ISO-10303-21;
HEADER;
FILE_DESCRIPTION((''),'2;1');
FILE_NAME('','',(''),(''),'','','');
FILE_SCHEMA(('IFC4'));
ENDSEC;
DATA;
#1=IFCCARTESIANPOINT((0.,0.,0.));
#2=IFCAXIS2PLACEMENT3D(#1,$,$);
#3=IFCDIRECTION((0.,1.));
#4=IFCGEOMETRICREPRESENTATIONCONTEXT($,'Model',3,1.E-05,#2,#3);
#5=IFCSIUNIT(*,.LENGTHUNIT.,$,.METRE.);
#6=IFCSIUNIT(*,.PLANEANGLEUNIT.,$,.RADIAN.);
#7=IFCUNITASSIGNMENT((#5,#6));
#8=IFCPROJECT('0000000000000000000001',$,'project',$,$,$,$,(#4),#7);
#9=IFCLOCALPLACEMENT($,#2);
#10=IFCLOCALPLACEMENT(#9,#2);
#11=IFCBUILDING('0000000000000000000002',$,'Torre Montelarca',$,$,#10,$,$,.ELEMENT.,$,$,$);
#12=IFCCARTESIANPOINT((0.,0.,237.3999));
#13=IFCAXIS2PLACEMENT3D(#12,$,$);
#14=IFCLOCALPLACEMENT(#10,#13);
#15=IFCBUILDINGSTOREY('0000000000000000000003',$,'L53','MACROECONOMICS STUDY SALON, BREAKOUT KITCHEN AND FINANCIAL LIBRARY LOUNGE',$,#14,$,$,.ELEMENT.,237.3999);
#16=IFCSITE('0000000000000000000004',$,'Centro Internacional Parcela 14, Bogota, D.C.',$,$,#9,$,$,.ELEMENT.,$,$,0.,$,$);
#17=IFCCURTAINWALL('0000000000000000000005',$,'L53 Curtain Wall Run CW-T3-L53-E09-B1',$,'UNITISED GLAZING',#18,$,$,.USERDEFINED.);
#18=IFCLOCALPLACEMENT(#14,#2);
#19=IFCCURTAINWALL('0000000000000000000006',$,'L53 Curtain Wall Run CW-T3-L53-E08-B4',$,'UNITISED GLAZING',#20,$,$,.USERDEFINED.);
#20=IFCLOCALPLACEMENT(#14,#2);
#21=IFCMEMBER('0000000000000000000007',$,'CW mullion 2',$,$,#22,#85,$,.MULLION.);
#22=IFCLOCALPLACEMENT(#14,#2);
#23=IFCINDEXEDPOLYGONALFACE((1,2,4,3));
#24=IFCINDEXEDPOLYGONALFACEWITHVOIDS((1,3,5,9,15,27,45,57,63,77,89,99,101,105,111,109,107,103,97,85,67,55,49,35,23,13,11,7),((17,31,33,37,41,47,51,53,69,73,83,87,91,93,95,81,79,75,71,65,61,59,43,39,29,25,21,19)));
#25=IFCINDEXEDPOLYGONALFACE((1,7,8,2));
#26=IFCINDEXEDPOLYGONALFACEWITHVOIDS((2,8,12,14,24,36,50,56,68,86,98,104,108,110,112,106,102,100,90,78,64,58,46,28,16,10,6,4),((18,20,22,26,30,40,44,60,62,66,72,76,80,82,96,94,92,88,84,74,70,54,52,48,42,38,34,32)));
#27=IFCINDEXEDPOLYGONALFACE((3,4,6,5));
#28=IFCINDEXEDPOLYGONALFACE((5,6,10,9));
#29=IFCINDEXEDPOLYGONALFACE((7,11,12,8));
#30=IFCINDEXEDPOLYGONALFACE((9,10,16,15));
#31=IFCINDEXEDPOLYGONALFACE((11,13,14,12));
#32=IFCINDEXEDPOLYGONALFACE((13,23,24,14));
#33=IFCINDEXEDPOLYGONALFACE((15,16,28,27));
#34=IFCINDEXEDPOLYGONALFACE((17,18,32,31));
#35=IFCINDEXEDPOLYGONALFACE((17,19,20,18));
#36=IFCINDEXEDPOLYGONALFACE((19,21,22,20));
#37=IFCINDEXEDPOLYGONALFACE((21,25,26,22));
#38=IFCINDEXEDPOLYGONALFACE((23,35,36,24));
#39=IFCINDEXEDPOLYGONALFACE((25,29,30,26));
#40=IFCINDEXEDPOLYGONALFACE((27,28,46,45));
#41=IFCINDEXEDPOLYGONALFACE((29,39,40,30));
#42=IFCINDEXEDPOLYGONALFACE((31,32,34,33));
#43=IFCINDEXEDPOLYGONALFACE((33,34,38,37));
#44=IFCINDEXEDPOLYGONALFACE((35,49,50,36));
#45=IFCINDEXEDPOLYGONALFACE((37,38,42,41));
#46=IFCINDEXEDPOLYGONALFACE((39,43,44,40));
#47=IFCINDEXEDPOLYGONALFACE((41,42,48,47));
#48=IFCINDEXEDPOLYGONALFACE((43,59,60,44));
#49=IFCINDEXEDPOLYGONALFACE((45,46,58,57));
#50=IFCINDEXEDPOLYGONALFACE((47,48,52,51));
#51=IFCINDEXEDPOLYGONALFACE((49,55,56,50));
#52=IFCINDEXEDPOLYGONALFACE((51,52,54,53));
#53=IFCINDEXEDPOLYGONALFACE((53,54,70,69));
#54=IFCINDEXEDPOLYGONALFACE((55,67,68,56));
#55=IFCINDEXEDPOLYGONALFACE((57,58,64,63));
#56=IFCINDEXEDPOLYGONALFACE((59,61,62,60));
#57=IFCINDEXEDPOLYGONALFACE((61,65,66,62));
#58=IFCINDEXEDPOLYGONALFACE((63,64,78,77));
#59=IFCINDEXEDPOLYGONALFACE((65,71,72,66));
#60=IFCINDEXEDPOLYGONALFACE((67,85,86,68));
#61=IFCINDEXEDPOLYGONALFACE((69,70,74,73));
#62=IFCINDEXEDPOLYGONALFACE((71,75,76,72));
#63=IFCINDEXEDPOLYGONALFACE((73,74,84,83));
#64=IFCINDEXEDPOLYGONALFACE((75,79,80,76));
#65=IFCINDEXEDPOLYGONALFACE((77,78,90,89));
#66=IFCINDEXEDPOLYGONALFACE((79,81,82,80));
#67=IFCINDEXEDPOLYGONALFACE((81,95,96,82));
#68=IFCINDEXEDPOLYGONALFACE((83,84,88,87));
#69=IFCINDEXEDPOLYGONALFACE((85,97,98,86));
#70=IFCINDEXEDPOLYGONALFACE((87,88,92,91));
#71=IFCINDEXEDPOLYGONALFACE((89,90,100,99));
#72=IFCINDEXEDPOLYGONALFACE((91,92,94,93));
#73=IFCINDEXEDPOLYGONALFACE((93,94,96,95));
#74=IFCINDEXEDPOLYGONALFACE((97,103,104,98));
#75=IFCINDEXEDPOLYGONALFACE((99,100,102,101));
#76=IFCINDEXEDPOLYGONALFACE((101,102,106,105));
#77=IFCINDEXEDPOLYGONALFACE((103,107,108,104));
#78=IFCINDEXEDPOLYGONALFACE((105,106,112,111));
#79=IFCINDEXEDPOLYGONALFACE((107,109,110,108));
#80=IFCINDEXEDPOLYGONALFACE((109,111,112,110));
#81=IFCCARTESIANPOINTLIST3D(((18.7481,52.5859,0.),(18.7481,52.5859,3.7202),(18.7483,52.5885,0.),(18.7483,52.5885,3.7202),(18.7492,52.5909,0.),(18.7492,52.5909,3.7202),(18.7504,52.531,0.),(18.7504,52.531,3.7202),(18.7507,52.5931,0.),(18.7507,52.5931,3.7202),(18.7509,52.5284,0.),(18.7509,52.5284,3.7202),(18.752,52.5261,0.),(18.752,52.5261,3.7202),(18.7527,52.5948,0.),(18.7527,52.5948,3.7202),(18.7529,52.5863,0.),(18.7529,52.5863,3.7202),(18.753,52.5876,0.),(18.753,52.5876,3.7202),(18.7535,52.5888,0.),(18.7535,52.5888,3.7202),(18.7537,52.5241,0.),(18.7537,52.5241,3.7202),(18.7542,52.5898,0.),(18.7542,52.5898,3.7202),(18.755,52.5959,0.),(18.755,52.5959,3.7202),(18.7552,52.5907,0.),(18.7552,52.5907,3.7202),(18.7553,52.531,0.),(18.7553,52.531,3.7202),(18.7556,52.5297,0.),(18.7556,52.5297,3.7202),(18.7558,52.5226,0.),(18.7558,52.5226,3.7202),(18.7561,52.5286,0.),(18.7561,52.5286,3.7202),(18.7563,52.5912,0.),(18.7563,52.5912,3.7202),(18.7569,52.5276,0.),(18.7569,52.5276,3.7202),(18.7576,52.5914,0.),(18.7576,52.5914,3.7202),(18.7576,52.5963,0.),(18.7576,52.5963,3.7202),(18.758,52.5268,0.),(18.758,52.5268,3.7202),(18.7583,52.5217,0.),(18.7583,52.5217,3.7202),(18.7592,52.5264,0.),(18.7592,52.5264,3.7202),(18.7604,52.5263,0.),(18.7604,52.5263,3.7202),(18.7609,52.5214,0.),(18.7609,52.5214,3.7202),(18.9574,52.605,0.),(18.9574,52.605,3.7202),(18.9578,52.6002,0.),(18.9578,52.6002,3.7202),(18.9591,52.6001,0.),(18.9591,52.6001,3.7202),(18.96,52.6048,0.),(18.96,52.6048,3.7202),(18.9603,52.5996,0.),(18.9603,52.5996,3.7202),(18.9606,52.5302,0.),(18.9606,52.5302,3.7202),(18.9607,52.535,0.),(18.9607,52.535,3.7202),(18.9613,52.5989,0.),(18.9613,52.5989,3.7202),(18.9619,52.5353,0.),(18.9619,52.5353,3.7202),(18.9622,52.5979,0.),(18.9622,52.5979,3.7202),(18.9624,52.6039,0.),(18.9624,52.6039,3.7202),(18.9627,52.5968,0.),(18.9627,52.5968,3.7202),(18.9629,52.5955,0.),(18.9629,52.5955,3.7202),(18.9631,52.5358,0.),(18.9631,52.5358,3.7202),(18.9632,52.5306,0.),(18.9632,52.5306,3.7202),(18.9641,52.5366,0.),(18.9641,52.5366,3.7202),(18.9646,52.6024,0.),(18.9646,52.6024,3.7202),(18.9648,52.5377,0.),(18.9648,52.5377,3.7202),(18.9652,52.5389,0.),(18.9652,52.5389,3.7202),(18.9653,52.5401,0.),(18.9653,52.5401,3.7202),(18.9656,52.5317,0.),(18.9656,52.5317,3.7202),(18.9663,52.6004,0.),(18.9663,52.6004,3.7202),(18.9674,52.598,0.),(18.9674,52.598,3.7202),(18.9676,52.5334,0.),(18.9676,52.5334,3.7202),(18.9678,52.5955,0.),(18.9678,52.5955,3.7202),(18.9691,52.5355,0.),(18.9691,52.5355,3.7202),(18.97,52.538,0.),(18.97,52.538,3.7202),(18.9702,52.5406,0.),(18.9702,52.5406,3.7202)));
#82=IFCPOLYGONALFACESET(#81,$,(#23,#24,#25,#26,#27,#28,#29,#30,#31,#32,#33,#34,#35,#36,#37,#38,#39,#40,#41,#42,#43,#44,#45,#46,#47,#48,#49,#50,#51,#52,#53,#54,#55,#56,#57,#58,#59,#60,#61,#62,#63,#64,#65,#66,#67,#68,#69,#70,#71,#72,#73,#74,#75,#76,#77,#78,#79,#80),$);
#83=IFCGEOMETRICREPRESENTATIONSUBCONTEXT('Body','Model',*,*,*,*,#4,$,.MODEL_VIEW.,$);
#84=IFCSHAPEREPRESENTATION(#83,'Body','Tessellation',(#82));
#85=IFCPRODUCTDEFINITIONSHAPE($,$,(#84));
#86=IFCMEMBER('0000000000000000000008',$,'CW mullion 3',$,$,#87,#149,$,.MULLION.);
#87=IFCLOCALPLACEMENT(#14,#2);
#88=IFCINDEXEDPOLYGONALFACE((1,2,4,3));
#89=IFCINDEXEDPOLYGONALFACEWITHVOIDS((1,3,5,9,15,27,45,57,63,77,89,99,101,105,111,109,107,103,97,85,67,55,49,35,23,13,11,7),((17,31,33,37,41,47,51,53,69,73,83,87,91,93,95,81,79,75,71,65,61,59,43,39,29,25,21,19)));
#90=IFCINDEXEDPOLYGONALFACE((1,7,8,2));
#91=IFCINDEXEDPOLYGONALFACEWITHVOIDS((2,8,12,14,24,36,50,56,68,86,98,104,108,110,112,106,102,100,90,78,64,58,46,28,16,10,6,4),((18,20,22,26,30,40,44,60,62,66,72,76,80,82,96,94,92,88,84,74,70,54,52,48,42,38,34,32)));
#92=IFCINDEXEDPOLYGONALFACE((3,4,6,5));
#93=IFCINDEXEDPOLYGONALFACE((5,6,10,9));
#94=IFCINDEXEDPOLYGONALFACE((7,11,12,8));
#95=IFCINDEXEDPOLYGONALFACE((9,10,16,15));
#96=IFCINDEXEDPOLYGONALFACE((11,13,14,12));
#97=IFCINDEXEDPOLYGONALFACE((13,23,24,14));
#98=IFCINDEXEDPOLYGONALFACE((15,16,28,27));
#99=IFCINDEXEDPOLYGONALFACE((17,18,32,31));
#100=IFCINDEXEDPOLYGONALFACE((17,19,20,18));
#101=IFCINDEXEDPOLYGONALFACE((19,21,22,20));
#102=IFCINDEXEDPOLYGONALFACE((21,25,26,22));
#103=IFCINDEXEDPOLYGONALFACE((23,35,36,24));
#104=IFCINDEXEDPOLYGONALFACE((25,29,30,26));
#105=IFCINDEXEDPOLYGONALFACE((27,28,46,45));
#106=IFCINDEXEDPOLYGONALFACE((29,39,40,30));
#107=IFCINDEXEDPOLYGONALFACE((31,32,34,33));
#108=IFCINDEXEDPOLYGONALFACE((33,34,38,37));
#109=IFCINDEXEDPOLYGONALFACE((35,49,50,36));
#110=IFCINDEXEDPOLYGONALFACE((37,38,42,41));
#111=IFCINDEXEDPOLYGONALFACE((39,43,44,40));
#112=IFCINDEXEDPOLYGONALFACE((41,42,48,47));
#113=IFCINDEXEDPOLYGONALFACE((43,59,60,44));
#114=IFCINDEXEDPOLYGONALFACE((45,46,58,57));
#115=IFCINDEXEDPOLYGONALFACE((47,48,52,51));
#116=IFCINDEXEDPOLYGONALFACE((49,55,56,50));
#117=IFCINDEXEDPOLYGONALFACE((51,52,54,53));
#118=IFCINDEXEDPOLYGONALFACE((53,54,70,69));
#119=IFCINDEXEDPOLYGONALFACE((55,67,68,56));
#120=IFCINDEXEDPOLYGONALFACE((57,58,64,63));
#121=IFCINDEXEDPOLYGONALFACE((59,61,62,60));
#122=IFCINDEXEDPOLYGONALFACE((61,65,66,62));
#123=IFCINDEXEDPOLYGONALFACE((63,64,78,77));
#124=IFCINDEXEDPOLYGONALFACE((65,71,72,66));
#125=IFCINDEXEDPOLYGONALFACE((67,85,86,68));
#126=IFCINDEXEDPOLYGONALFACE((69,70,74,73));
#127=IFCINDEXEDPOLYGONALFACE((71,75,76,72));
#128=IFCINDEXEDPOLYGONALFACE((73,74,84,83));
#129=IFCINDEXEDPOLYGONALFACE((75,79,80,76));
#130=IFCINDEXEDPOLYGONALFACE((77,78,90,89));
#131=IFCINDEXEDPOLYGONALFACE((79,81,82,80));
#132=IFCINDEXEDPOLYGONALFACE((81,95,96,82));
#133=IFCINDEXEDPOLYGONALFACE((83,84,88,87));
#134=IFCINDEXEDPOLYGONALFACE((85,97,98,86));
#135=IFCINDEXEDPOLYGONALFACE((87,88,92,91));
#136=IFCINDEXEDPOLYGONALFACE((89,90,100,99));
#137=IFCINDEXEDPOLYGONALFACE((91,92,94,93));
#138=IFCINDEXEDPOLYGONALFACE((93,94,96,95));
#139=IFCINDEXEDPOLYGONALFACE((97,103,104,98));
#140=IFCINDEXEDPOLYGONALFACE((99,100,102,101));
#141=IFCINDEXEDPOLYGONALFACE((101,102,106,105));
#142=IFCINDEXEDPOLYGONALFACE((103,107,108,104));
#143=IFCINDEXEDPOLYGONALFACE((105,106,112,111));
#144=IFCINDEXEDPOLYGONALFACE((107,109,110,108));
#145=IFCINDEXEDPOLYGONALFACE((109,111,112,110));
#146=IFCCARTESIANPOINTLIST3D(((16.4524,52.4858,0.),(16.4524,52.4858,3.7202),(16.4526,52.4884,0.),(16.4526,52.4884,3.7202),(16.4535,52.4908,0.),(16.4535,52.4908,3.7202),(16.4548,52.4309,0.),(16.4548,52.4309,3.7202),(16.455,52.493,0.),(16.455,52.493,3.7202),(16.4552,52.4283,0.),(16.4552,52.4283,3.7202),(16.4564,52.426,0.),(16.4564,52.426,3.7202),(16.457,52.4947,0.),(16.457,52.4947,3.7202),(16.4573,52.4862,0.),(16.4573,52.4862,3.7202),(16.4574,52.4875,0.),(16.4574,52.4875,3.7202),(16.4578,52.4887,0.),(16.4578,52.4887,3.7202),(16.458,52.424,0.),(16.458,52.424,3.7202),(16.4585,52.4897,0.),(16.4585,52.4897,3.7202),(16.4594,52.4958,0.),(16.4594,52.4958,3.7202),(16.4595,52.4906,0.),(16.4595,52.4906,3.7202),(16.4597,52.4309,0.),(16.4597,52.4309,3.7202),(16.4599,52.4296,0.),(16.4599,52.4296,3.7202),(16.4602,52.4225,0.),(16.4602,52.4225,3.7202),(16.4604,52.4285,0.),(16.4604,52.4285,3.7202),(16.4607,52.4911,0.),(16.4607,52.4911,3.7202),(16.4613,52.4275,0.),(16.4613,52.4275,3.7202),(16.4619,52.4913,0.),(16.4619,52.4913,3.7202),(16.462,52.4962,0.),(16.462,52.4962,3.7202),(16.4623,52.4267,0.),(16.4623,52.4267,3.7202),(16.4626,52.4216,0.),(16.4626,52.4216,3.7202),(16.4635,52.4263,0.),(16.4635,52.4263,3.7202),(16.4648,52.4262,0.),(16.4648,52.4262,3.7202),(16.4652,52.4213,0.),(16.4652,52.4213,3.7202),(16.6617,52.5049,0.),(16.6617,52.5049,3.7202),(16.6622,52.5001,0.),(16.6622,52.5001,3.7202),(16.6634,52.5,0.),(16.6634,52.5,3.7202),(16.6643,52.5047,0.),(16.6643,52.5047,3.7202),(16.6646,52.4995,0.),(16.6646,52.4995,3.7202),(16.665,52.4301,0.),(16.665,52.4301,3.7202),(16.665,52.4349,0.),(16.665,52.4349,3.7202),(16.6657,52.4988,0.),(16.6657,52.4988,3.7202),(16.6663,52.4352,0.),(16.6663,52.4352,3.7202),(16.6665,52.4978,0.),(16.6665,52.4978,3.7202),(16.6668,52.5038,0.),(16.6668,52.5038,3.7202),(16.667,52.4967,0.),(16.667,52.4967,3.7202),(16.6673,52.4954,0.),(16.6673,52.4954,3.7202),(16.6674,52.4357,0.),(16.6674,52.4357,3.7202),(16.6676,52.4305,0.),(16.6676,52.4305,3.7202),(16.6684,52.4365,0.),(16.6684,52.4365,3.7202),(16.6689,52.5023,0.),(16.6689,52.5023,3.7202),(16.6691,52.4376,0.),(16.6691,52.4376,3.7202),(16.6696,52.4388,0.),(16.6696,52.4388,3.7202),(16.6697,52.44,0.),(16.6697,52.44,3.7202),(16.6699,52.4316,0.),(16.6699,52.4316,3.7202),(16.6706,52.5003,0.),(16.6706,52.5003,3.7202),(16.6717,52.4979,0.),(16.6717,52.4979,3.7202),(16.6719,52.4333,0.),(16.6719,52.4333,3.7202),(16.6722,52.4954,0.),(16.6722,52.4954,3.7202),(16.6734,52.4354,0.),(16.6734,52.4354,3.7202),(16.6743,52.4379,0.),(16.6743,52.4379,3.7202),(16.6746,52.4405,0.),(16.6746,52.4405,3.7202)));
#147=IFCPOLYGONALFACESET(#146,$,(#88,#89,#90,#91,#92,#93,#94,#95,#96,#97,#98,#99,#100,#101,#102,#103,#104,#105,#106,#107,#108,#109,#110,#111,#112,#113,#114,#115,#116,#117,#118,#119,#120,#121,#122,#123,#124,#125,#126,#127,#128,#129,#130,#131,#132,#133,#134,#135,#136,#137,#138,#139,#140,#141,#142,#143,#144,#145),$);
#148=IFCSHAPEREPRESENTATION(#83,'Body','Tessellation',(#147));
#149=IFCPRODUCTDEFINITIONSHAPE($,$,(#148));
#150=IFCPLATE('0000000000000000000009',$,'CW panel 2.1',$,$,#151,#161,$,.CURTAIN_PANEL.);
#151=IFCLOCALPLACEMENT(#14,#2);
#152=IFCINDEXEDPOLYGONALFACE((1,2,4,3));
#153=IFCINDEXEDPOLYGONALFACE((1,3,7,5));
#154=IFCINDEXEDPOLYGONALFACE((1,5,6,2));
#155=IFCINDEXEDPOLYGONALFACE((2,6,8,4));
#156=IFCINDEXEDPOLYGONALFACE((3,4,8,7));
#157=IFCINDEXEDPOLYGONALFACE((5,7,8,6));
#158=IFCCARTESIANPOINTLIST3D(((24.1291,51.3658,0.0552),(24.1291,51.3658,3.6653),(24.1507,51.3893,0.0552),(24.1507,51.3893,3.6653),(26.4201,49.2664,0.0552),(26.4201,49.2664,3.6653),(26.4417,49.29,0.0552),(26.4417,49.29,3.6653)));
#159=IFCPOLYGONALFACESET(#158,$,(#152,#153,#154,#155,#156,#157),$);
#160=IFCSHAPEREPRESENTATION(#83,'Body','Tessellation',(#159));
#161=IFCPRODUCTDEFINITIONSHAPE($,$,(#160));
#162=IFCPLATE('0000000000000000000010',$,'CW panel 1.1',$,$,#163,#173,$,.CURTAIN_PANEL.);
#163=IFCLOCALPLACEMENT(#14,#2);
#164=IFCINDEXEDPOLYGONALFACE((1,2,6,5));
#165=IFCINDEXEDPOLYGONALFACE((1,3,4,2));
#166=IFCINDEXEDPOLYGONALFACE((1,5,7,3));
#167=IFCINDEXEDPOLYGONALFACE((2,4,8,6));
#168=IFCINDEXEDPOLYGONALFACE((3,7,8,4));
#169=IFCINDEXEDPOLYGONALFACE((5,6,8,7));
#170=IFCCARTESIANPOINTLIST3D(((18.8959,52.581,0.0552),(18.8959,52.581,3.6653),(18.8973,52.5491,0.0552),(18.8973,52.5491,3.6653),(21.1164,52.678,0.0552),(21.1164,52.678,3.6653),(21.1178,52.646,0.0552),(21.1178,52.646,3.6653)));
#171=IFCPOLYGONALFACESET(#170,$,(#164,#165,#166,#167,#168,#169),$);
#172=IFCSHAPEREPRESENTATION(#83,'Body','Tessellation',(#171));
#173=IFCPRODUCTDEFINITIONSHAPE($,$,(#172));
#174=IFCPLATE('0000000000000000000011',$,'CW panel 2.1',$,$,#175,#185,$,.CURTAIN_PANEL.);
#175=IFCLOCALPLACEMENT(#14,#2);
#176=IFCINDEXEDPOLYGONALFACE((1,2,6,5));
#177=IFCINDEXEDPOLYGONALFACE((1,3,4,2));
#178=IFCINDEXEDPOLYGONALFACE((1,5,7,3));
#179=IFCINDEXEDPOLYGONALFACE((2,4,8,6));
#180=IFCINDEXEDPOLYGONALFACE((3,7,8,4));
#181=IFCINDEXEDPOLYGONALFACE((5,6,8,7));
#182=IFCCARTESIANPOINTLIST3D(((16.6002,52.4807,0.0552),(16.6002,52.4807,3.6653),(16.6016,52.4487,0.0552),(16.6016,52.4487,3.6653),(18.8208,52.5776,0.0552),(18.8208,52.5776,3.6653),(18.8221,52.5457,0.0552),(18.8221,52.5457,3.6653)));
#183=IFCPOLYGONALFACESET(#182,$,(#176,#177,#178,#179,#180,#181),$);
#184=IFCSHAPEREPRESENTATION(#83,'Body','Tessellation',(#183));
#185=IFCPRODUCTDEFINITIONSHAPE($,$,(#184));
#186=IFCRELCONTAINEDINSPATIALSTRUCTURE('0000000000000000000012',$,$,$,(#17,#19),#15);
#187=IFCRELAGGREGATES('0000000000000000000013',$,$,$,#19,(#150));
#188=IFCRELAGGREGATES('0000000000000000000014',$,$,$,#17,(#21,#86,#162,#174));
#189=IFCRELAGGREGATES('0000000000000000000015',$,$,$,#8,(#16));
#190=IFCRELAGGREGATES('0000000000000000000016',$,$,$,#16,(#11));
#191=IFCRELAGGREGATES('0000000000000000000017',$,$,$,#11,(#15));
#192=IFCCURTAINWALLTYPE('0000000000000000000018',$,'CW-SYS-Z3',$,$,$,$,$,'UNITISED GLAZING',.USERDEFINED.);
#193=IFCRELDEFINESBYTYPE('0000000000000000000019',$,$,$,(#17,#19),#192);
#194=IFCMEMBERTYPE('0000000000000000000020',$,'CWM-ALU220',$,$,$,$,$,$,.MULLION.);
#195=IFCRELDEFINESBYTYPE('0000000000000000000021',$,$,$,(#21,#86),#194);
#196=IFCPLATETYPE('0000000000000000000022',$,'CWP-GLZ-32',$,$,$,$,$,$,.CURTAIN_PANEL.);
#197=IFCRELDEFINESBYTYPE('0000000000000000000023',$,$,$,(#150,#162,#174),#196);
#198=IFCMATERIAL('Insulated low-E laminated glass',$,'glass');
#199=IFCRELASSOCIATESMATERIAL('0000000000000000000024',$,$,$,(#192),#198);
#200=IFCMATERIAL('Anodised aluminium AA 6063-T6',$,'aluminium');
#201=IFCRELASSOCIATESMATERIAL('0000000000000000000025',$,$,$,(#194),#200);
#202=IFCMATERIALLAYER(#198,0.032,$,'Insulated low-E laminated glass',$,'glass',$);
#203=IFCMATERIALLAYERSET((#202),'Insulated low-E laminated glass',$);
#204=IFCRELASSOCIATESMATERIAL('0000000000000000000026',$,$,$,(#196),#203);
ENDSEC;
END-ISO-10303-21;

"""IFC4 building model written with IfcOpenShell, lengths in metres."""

from ifc_helpers import new_model, si_unit, direction, frame, origin, origin_2d, place, context, subcontext, project, spatial, rectangle, hollow_rectangle, extrude, source, transform, mapped, material, layer, layer_set, material_profile, profile_set, type_object, element, aggregate, save


model = new_model("IFC4")

# Units and contexts
model_context = context("Model", 3, precision=1e-05, world=origin(), true_north=direction((0.0, 1.0)))
body_context = subcontext(model_context, "Body", "Model", "MODEL_VIEW")
ifc_project = project(units=[si_unit("LENGTHUNIT", "METRE"), si_unit("PLANEANGLEUNIT", "RADIAN")], contexts=[model_context])

# Site, building, storey
site_placement = place(None, origin())
site = spatial("IfcSite", under=ifc_project, at=site_placement, Name="Centro Internacional Parcela 14, Bogota, D.C.", CompositionType="ELEMENT", RefElevation=0.0)
building_placement = place(site_placement, origin())
building = spatial("IfcBuilding", under=site, at=building_placement, Name="Torre Montelarca", CompositionType="ELEMENT")
storey_placement = place(building_placement, frame((0.0, 0.0, 237.3999)))
storey = spatial("IfcBuildingStorey", under=building, at=storey_placement, Name="L53", Description="MACROECONOMICS STUDY SALON, BREAKOUT KITCHEN AND FINANCIAL LIBRARY LOUNGE", CompositionType="ELEMENT", Elevation=237.3999)

# Curtain wall
ifc_material_1 = material(Name="Insulated low-E laminated glass", Category="glass")
curtain_wall_type = type_object("IfcCurtainWallType", Name="CW-SYS-Z3", ElementType="UNITISED GLAZING", PredefinedType="USERDEFINED", material=ifc_material_1)
curtain_wall_1_placement = place(storey_placement, origin())
curtain_wall_1 = element("IfcCurtainWall", 1, at=curtain_wall_1_placement, inside=storey, type_object=curtain_wall_type, Name="L53 Curtain Wall Run CW-T3-L53-E09-B1", ObjectType="UNITISED GLAZING", PredefinedType="USERDEFINED")
ifc_material_2 = material(Name="Anodised aluminium AA 6063-T6", Category="aluminium")

# Curtain wall
curtain_wall_2_placement = place(storey_placement, origin())
curtain_wall_2 = element("IfcCurtainWall", 2, at=curtain_wall_2_placement, inside=storey, type_object=curtain_wall_type, Name="L53 Curtain Wall Run CW-T3-L53-E08-B4", ObjectType="UNITISED GLAZING", PredefinedType="USERDEFINED")
ifc_material_profile_1 = material_profile(ifc_material_2, hollow_rectangle(XDim=0.075, YDim=0.22, WallThickness=0.0049, InnerFilletRadius=0.0049, OuterFilletRadius=0.01, at=origin_2d()), Name="ALU75X220X5", Category="aluminium")
ifc_profile_set_1 = profile_set([ifc_material_profile_1], Name="Anodised aluminium AA 6063-T6")
member_type_1 = type_object("IfcMemberType", Name="CWM-ALU220", PredefinedType="MULLION", material=ifc_profile_set_1)
shared_shape_1 = source(origin(), body_context, "Body", "SweptSolid", [
    extrude(hollow_rectangle(XDim=0.075, YDim=0.22, WallThickness=0.0049, InnerFilletRadius=0.0049, OuterFilletRadius=0.01, at=origin_2d()), origin(), (0.0, 0.0, 1.0), 3.7202),
])

# Members
member_1_placement = place(storey_placement, frame((18.8591, 52.5632, 0.0), z_axis=(0.0, 0.0, 1.0), x_axis=(0.043614, -0.999048, 0.0)))
member_1 = element("IfcMember", 3, at=member_1_placement, type_object=member_type_1, Name="CW mullion 2", PredefinedType="MULLION", context=body_context, shape_type="MappedRepresentation", body=[
    mapped(shared_shape_1, transform((0.0, 0.0, 0.0), scale=1.0)),
])
member_2_placement = place(storey_placement, frame((16.5635, 52.4631, 0.0), z_axis=(0.0, 0.0, 1.0), x_axis=(0.043614, -0.999048, 0.0)))
member_2 = element("IfcMember", 4, at=member_2_placement, type_object=member_type_1, Name="CW mullion 3", PredefinedType="MULLION", context=body_context, shape_type="MappedRepresentation", body=[
    mapped(shared_shape_1, transform((0.0, 0.0, 0.0), scale=1.0)),
])

# Plates
ifc_layer_1 = layer(ifc_material_1, 0.032, Name="Insulated low-E laminated glass", Category="glass")
ifc_layer_set_1 = layer_set([ifc_layer_1], Name="Insulated low-E laminated glass")
plate_type = type_object("IfcPlateType", Name="CWP-GLZ-32", PredefinedType="CURTAIN_PANEL", material=ifc_layer_set_1)
shared_shape_2 = source(origin(), body_context, "Body", "SweptSolid", [
    extrude(rectangle(XDim=3.1074, YDim=0.032, at=origin_2d()), origin(), (0.0, 0.0, 1.0), 3.6101),
])
plate_1_placement = place(storey_placement, frame((25.2854, 50.3279, 0.0552), z_axis=(0.0, 0.0, 1.0), x_axis=(-0.73728, 0.675588, 0.0)))
plate_1 = element("IfcPlate", 5, at=plate_1_placement, type_object=plate_type, Name="CW panel 2.1", PredefinedType="CURTAIN_PANEL", context=body_context, shape_type="MappedRepresentation", body=[
    mapped(shared_shape_2, transform((0.0, 0.0, 0.0), scale=1.0)),
])
aggregate(curtain_wall_2, [plate_1])
shared_shape_3 = source(origin(), body_context, "Body", "SweptSolid", [
    extrude(rectangle(XDim=2.2227, YDim=0.032, at=origin_2d()), origin(), (0.0, 0.0, 1.0), 3.6101),
])
plate_2_placement = place(storey_placement, frame((20.0068, 52.6135, 0.0552), z_axis=(0.0, 0.0, 1.0), x_axis=(-0.999048, -0.043614, 0.0)))
plate_2 = element("IfcPlate", 6, at=plate_2_placement, type_object=plate_type, Name="CW panel 1.1", PredefinedType="CURTAIN_PANEL", context=body_context, shape_type="MappedRepresentation", body=[
    mapped(shared_shape_3, transform((0.0, 0.0, 0.0), scale=1.0)),
])
plate_3_placement = place(storey_placement, frame((17.7112, 52.5132, 0.0552), z_axis=(0.0, 0.0, 1.0), x_axis=(-0.999048, -0.043614, 0.0)))
plate_3 = element("IfcPlate", 7, at=plate_3_placement, type_object=plate_type, Name="CW panel 2.1", PredefinedType="CURTAIN_PANEL", context=body_context, shape_type="MappedRepresentation", body=[
    mapped(shared_shape_3, transform((0.0, 0.0, 0.0), scale=1.0)),
])
aggregate(curtain_wall_1, [member_1, member_2, plate_2, plate_3])

save(model, "model.ifc")
